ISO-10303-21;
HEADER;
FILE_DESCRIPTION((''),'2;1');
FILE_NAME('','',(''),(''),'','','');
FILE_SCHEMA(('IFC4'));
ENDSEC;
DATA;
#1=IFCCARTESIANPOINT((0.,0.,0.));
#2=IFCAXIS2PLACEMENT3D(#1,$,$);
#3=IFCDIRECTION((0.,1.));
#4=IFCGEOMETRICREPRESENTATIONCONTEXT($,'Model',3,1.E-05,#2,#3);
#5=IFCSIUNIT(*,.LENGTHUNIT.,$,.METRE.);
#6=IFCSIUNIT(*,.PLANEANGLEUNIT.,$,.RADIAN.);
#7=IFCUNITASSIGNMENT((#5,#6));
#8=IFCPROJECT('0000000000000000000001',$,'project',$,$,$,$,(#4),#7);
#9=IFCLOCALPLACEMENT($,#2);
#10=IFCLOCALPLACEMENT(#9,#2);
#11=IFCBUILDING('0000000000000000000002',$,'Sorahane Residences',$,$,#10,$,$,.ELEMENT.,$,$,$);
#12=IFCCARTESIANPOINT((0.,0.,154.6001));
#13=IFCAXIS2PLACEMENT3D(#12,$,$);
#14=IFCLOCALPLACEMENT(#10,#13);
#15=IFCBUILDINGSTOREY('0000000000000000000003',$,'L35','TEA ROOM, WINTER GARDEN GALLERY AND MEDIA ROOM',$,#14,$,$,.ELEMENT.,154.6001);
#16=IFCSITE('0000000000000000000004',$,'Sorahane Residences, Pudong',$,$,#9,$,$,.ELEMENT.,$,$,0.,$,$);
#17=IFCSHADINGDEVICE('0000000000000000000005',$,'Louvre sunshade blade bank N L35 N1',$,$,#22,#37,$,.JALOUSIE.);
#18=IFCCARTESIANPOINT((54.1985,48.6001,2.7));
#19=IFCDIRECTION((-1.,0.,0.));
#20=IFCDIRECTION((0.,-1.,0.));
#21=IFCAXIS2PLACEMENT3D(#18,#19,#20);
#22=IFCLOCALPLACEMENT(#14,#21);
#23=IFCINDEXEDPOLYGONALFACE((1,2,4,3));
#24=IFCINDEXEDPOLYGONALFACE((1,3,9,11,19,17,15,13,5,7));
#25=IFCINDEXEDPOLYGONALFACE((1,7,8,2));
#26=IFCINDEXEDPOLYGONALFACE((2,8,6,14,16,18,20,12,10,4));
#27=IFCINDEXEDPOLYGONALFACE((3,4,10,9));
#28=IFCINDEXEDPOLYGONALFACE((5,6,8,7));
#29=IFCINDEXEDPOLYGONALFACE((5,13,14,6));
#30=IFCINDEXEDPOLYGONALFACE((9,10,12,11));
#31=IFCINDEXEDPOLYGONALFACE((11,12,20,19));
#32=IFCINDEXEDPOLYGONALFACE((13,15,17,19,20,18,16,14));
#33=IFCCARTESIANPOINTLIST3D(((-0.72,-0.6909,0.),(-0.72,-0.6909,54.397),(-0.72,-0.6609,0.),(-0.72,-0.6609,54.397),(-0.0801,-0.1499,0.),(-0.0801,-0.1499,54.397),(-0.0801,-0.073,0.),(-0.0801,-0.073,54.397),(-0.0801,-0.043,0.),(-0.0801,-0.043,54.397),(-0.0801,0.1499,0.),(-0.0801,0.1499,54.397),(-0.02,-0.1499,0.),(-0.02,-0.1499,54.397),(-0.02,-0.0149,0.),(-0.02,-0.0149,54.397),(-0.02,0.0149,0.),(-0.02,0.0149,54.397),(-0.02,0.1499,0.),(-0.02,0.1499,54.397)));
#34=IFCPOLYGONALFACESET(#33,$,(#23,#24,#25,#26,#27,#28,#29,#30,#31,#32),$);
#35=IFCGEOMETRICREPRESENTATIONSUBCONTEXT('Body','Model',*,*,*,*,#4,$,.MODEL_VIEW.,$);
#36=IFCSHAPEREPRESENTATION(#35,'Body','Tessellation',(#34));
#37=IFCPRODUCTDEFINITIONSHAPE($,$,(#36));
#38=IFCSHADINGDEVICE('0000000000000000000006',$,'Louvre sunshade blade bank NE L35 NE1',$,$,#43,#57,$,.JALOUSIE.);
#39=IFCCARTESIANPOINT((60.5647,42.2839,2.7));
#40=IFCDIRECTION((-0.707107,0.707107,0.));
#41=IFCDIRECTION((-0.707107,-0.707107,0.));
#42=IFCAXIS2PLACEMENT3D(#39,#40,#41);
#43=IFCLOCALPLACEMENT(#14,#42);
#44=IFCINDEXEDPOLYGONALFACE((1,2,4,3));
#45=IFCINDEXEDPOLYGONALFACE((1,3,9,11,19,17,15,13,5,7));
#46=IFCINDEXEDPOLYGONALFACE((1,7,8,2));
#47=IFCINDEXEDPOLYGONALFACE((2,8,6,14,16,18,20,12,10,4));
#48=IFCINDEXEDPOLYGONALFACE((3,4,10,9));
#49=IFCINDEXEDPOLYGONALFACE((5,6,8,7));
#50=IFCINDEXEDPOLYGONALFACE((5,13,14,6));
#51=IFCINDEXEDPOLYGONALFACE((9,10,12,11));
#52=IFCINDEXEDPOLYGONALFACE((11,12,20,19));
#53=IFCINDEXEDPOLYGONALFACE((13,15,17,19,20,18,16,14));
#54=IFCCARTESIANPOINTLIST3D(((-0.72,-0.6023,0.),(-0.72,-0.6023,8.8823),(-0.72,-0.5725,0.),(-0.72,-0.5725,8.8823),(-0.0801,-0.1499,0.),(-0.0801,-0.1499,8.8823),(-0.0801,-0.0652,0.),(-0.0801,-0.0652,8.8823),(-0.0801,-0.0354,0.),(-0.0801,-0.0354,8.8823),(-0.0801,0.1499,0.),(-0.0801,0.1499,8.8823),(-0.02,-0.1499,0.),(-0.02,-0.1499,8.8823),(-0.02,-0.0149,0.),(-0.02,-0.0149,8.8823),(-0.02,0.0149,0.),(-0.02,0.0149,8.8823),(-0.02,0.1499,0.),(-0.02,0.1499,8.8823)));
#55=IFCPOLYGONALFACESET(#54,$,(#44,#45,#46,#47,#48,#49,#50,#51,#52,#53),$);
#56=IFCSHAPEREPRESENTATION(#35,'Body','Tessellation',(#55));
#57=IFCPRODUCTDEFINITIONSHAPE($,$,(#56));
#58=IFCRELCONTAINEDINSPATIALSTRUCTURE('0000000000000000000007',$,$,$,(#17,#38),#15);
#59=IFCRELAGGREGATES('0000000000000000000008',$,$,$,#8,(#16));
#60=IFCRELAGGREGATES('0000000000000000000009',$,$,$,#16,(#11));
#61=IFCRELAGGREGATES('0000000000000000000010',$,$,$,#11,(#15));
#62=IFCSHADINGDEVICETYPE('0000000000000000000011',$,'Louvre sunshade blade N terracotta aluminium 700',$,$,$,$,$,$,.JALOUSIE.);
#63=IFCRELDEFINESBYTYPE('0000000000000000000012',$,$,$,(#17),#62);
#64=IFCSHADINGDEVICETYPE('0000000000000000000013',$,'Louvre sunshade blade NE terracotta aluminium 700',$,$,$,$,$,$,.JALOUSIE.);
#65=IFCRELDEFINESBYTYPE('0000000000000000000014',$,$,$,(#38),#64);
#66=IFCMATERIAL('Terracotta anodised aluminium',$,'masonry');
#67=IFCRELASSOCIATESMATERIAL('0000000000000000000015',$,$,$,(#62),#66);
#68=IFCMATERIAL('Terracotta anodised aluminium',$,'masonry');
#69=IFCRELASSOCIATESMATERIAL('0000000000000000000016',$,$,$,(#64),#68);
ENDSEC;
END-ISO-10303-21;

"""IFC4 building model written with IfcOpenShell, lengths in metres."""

from ifc_helpers import new_model, si_unit, direction, frame, origin, place, context, subcontext, project, spatial, polyline, outline, extrude, material, type_object, element, save


model = new_model("IFC4")

# Units and contexts
model_context = context("Model", 3, precision=1e-05, world=origin(), true_north=direction((0.0, 1.0)))
body_context = subcontext(model_context, "Body", "Model", "MODEL_VIEW")
ifc_project = project(units=[si_unit("LENGTHUNIT", "METRE"), si_unit("PLANEANGLEUNIT", "RADIAN")], contexts=[model_context])

# Site, building, storey
site_placement = place(None, origin())
site = spatial("IfcSite", under=ifc_project, at=site_placement, Name="Sorahane Residences, Pudong", CompositionType="ELEMENT", RefElevation=0.0)
building_placement = place(site_placement, origin())
building = spatial("IfcBuilding", under=site, at=building_placement, Name="Sorahane Residences", CompositionType="ELEMENT")
storey_placement = place(building_placement, frame((0.0, 0.0, 154.6001)))
storey = spatial("IfcBuildingStorey", under=building, at=storey_placement, Name="L35", Description="TEA ROOM, WINTER GARDEN GALLERY AND MEDIA ROOM", CompositionType="ELEMENT", Elevation=154.6001)

# Shading devices
ifc_material_1 = material(Name="Terracotta anodised aluminium", Category="masonry")
shading_device_type_1 = type_object("IfcShadingDeviceType", Name="Louvre sunshade blade N terracotta aluminium 700", PredefinedType="JALOUSIE", material=ifc_material_1)
shading_device_1_placement = place(storey_placement, frame((54.1985, 48.6001, 2.7), z_axis=(-1.0, 0.0, 0.0), x_axis=(0.0, -1.0, 0.0)))
element("IfcShadingDevice", 1, at=shading_device_1_placement, inside=storey, type_object=shading_device_type_1, Name="Louvre sunshade blade bank N L35 N1", PredefinedType="JALOUSIE", context=body_context, shape_type="SweptSolid", body=[
    extrude(outline(polyline([(-0.72, -0.6609), (-0.72, -0.6909), (-0.0801, -0.073), (-0.0801, -0.1499), (-0.02, -0.1499), (-0.02, -0.0149), (-0.02, 0.0149), (-0.02, 0.1499), (-0.0801, 0.1499), (-0.0801, -0.043), (-0.72, -0.6609)])), origin(), (0.0, 0.0, 1.0), 54.397),
])
ifc_material_2 = material(Name="Terracotta anodised aluminium", Category="masonry")
shading_device_type_2 = type_object("IfcShadingDeviceType", Name="Louvre sunshade blade NE terracotta aluminium 700", PredefinedType="JALOUSIE", material=ifc_material_2)
shading_device_2_placement = place(storey_placement, frame((60.5647, 42.2839, 2.7), z_axis=(-0.707107, 0.707107, 0.0), x_axis=(-0.707107, -0.707107, 0.0)))
element("IfcShadingDevice", 2, at=shading_device_2_placement, inside=storey, type_object=shading_device_type_2, Name="Louvre sunshade blade bank NE L35 NE1", PredefinedType="JALOUSIE", context=body_context, shape_type="SweptSolid", body=[
    extrude(outline(polyline([(-0.72, -0.5725), (-0.72, -0.6023), (-0.0801, -0.0652), (-0.0801, -0.1499), (-0.02, -0.1499), (-0.02, -0.0149), (-0.02, 0.0149), (-0.02, 0.1499), (-0.0801, 0.1499), (-0.0801, -0.0354), (-0.72, -0.5725)])), origin(), (0.0, 0.0, 1.0), 8.8823),
])

save(model, "model.ifc")
